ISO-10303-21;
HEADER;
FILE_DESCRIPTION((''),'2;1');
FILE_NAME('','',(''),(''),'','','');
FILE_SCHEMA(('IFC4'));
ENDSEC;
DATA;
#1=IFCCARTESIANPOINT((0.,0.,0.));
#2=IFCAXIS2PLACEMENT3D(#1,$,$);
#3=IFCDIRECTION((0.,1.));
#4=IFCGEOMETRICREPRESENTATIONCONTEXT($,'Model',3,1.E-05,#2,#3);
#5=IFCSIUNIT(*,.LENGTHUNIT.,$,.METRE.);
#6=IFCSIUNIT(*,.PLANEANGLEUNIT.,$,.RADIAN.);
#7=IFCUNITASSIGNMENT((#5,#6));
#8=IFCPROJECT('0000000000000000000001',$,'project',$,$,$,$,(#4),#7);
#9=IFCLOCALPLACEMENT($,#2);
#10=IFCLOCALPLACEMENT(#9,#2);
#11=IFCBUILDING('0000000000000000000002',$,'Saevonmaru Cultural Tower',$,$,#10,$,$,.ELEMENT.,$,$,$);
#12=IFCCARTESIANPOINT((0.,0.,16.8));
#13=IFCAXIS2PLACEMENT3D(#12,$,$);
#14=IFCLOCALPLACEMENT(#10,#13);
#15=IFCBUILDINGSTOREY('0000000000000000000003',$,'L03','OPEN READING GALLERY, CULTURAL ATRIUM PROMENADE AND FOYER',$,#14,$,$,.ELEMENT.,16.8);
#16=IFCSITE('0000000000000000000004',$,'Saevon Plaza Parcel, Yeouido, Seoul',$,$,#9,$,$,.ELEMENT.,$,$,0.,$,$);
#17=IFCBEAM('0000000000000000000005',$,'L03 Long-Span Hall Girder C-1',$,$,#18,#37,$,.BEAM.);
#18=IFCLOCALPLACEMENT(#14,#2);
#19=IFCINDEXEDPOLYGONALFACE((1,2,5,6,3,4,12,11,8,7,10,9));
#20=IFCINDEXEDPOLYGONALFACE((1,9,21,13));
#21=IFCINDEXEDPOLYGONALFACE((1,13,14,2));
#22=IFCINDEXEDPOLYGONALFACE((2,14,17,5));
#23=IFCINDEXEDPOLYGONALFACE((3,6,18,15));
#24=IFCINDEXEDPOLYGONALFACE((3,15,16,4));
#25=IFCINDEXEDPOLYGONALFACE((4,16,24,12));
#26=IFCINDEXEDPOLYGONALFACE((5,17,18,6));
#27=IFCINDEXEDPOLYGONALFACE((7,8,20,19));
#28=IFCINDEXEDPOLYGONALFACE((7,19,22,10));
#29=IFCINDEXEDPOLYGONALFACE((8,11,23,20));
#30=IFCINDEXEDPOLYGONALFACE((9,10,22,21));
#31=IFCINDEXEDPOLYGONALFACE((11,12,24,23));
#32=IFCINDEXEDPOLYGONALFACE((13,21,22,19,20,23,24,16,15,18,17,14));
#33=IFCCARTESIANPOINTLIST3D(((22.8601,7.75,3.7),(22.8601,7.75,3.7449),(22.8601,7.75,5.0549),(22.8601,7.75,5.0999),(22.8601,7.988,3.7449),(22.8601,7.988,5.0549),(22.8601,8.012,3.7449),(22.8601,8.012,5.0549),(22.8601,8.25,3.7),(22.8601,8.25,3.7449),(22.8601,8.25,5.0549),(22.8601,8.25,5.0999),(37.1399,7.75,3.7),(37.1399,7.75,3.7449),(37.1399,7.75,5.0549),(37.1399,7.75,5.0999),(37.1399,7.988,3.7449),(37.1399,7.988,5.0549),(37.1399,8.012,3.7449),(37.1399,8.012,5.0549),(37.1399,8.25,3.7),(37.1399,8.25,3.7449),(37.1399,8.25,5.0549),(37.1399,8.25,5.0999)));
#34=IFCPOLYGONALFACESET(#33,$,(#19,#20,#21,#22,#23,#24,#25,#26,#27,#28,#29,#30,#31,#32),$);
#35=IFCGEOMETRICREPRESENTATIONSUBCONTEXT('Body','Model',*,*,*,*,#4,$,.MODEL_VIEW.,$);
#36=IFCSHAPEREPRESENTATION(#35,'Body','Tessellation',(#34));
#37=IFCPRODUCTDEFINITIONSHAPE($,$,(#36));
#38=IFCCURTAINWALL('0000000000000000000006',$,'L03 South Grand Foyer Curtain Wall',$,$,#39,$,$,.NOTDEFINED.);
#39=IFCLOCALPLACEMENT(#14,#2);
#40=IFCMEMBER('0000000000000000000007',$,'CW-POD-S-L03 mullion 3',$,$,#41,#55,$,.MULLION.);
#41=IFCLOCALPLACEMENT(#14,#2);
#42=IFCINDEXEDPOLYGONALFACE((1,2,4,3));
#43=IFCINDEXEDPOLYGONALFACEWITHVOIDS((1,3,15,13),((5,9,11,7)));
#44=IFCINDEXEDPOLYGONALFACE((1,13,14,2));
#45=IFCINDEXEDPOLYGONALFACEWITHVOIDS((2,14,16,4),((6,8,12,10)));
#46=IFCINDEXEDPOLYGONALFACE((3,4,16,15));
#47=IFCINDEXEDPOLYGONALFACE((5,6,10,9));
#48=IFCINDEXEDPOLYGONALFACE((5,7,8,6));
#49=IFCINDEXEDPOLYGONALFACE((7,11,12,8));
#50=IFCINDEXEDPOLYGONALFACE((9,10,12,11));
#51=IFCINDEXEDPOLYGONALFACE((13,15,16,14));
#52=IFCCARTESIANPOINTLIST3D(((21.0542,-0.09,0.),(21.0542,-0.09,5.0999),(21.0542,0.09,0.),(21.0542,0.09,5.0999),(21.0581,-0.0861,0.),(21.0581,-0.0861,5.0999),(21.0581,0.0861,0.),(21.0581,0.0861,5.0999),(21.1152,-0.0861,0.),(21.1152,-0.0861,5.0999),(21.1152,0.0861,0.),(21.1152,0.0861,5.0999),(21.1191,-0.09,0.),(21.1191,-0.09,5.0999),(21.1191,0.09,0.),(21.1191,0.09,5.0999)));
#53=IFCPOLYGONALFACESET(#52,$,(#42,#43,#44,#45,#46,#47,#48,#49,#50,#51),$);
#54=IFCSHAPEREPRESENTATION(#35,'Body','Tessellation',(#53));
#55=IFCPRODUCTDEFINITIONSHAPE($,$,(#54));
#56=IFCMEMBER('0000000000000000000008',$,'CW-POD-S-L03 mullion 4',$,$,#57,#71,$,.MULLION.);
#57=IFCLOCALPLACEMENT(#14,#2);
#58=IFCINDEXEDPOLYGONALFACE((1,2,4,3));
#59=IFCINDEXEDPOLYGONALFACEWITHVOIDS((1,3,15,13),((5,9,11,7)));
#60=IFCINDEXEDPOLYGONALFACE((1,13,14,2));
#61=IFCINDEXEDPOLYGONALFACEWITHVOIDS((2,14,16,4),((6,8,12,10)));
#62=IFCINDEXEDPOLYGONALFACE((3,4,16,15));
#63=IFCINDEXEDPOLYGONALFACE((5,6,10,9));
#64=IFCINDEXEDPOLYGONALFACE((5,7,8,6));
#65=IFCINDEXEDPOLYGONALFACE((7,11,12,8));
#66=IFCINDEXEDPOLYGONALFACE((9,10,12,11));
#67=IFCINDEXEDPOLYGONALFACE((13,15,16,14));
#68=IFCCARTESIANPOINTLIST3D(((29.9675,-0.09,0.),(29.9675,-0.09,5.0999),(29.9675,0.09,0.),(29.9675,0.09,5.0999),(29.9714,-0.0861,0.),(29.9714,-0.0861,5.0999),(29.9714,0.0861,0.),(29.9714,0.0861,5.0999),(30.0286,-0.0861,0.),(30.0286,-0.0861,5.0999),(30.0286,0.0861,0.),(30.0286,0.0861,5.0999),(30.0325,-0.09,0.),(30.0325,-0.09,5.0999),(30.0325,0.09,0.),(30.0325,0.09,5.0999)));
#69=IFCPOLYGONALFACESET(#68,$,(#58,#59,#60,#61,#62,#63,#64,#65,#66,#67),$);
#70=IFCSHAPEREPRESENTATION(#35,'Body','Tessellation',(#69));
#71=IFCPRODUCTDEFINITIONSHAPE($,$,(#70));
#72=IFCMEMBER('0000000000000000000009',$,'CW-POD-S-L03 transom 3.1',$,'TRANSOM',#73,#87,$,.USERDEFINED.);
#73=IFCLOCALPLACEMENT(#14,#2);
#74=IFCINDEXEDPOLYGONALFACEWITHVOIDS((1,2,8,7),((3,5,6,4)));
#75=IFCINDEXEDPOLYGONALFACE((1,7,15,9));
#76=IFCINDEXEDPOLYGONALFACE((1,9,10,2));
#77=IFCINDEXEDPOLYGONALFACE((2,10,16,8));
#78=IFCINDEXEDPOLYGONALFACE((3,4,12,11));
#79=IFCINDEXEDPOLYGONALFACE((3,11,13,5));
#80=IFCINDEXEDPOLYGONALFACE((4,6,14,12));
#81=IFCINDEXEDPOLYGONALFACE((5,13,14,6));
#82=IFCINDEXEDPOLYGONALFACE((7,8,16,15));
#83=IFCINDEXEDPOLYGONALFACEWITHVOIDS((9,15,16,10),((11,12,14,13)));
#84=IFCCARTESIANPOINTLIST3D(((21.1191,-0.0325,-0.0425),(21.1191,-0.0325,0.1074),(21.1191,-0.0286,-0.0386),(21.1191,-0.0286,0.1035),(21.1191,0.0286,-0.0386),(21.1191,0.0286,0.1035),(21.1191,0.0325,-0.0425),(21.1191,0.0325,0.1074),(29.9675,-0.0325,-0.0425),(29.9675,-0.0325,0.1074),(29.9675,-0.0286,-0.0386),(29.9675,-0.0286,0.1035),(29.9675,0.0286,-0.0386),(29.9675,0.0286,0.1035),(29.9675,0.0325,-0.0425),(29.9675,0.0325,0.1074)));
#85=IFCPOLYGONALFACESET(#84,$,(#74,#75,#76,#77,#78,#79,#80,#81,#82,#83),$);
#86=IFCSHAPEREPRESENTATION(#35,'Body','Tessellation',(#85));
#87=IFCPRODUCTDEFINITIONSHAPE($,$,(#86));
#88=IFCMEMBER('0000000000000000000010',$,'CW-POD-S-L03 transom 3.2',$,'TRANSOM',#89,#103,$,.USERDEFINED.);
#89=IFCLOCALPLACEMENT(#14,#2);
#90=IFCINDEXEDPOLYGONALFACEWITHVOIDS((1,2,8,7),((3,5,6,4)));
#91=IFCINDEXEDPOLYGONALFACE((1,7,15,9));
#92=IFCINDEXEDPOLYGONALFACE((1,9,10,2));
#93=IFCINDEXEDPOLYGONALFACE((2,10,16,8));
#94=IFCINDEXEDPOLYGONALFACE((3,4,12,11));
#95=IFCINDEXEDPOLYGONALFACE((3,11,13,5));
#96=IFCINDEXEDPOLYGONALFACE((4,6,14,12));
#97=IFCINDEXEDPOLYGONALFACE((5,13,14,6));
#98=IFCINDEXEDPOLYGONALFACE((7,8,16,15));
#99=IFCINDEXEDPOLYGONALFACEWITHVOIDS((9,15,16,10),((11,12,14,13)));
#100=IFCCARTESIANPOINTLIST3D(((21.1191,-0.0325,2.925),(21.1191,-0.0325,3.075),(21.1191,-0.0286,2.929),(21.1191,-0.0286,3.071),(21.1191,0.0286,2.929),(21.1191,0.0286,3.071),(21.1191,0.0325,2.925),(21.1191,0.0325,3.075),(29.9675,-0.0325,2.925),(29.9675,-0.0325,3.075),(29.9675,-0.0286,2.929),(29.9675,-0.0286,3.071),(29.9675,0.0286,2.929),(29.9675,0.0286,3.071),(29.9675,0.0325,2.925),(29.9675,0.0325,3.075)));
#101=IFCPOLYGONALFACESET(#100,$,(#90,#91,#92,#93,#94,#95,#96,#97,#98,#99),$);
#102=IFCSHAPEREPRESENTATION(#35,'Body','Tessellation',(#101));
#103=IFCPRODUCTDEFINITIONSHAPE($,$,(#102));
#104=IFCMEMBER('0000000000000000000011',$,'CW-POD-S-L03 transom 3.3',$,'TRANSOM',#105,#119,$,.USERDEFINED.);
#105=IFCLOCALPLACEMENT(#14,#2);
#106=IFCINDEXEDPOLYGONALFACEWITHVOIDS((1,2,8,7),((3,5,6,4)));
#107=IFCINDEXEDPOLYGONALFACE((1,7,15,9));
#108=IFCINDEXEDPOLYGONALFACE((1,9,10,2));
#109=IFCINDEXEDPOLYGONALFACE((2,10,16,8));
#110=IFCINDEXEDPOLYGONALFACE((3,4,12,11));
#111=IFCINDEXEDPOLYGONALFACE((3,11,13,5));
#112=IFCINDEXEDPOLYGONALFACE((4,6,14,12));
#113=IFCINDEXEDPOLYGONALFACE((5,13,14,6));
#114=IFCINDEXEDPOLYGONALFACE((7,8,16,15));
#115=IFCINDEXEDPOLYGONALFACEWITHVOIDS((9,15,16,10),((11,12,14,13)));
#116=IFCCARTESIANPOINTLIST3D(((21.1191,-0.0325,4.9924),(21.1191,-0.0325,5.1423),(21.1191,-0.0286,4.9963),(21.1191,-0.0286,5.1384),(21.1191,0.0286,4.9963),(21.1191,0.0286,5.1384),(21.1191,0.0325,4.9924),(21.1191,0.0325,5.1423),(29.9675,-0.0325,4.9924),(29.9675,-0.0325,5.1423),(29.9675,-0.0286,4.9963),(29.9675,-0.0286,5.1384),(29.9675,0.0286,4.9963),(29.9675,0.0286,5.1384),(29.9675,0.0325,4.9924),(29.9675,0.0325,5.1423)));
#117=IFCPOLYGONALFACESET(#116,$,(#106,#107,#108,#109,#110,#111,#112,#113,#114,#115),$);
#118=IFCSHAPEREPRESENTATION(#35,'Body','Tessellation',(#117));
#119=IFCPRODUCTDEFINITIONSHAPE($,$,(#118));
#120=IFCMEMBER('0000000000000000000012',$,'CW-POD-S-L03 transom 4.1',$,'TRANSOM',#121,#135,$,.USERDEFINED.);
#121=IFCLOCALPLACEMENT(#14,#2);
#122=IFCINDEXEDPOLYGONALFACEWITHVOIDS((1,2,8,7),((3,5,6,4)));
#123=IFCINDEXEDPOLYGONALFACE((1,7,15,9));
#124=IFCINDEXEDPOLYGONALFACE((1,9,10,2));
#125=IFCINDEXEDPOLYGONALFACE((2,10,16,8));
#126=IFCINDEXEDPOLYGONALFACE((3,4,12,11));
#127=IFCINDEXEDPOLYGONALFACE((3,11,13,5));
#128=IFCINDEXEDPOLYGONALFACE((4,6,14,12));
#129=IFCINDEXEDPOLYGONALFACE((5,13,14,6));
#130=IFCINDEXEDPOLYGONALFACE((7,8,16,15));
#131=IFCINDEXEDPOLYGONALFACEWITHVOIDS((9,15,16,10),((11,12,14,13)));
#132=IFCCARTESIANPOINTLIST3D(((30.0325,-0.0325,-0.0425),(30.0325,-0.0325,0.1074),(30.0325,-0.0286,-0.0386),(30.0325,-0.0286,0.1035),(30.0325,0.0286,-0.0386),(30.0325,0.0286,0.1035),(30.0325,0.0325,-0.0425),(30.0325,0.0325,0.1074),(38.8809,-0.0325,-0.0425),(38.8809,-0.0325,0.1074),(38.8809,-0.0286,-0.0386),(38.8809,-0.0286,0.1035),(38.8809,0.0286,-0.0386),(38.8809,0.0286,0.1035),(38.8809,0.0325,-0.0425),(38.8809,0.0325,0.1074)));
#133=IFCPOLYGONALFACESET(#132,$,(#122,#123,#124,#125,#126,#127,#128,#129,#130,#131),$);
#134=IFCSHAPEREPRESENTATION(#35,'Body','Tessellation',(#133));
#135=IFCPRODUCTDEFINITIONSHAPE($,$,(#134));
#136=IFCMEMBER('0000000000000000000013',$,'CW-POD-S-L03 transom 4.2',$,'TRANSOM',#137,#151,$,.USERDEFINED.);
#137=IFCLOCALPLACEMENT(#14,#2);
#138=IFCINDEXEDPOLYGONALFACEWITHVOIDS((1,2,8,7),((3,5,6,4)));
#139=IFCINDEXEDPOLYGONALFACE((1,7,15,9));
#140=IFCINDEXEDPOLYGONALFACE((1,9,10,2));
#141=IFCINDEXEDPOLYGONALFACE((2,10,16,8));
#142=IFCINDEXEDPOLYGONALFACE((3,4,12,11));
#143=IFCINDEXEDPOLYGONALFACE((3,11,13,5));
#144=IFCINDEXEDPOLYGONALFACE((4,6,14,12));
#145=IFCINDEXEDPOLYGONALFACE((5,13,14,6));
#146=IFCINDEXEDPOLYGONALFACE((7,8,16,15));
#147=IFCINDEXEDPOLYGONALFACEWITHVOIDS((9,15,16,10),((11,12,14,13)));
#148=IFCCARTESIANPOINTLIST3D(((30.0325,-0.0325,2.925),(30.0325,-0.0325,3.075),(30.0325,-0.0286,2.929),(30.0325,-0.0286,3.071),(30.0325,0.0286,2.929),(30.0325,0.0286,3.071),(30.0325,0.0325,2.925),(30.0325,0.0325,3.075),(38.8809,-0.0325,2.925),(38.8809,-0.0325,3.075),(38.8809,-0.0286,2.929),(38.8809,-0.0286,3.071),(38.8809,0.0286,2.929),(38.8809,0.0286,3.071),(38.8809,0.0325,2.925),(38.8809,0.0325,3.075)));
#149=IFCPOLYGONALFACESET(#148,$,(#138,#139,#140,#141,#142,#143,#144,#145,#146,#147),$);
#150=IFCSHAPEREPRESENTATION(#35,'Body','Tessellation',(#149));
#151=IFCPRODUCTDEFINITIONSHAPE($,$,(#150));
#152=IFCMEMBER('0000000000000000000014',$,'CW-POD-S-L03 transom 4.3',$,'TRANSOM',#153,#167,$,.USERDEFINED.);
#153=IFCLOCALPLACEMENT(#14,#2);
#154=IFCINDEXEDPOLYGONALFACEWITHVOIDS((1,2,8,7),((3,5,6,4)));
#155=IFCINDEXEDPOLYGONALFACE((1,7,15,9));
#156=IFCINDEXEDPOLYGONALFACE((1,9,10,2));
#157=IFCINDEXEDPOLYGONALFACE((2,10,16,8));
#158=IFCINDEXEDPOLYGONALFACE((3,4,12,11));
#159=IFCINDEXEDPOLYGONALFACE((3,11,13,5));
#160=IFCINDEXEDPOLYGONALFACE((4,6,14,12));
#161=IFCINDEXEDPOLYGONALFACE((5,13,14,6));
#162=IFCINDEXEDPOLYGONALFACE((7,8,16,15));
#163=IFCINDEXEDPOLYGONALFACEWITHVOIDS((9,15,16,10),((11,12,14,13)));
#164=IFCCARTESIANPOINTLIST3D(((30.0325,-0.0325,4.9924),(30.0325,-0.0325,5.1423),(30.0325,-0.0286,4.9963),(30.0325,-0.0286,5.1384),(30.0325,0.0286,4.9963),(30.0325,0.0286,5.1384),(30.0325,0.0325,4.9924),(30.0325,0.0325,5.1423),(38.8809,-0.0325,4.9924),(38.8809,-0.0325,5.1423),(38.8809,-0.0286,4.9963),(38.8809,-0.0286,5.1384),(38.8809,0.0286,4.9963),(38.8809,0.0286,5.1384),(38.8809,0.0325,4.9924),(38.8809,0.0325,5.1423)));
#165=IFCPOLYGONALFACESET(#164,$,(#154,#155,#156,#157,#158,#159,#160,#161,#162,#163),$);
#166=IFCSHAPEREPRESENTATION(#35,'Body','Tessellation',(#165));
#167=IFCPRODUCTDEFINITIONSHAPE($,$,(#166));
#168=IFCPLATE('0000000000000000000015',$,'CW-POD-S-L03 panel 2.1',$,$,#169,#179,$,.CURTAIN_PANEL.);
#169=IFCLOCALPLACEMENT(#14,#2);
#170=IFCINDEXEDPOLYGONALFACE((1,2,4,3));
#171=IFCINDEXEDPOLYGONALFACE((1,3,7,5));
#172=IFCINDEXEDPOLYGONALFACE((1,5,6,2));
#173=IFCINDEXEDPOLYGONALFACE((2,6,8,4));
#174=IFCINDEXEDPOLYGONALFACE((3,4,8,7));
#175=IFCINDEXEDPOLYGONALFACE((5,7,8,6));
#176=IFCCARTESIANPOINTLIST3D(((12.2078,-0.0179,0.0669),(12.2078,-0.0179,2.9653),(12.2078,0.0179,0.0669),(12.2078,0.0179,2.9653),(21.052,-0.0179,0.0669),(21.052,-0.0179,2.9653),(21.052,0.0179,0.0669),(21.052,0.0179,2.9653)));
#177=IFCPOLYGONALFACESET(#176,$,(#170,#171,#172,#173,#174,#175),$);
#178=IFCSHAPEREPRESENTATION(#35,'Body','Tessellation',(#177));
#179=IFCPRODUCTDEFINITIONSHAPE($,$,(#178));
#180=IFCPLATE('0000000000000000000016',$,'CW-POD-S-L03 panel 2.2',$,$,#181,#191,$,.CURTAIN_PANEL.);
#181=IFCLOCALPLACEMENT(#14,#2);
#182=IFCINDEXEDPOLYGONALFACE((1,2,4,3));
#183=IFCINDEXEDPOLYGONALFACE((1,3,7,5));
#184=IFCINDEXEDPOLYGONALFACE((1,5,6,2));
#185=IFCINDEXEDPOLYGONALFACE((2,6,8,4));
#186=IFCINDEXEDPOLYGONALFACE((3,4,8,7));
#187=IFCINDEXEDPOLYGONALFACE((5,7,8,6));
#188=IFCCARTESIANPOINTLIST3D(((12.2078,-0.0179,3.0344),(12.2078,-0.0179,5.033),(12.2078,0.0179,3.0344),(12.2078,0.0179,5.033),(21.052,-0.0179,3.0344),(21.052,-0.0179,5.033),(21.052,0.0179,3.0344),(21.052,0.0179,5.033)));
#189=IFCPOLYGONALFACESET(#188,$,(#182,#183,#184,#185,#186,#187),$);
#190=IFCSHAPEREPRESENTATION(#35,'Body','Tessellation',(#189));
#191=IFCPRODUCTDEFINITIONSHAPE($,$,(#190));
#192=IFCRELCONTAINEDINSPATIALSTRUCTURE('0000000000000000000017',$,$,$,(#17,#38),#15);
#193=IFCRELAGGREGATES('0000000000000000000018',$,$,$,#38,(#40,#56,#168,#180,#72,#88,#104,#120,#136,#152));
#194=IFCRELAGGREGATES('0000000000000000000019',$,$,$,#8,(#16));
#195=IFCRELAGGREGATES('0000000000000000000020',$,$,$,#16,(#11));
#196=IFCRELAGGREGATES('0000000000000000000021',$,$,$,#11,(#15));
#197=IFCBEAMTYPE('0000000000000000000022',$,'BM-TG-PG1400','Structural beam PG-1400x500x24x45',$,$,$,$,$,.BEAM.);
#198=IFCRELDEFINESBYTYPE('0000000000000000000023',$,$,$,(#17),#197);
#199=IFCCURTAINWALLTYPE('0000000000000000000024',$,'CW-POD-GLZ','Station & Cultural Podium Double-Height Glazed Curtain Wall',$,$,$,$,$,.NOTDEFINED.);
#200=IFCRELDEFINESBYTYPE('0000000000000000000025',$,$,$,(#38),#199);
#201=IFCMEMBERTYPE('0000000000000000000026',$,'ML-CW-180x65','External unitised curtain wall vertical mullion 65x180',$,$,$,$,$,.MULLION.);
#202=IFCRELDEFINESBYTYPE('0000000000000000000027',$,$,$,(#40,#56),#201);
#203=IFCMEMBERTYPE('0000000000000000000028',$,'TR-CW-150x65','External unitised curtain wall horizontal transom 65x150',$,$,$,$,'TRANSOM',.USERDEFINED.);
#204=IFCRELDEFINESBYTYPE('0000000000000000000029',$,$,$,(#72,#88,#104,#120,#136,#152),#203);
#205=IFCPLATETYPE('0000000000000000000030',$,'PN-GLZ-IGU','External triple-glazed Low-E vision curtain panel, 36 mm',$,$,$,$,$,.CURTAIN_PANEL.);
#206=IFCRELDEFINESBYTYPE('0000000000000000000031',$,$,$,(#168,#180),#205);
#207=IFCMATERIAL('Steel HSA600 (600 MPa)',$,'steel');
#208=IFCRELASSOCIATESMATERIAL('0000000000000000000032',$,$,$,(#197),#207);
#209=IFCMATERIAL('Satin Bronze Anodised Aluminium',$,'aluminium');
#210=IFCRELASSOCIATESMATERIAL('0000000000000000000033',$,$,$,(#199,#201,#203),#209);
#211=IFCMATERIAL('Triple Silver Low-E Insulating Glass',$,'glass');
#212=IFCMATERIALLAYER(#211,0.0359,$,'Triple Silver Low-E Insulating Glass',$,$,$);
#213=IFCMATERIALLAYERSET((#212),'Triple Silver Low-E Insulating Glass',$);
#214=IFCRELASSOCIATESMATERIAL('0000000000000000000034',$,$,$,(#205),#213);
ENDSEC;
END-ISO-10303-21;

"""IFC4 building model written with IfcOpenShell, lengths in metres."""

from ifc_helpers import new_model, si_unit, direction, frame, origin, origin_2d, place, context, subcontext, project, spatial, rectangle, hollow_rectangle, i_section, extrude, material, layer, layer_set, material_profile, profile_set, type_object, element, aggregate, save


model = new_model("IFC4")

# Units and contexts
model_context = context("Model", 3, precision=1e-05, world=origin(), true_north=direction((0.0, 1.0)))
body_context = subcontext(model_context, "Body", "Model", "MODEL_VIEW")
ifc_project = project(units=[si_unit("LENGTHUNIT", "METRE"), si_unit("PLANEANGLEUNIT", "RADIAN")], contexts=[model_context])

# Site, building, storey
site_placement = place(None, origin())
site = spatial("IfcSite", under=ifc_project, at=site_placement, Name="Saevon Plaza Parcel, Yeouido, Seoul", CompositionType="ELEMENT", RefElevation=0.0)
building_placement = place(site_placement, origin())
building = spatial("IfcBuilding", under=site, at=building_placement, Name="Saevonmaru Cultural Tower", CompositionType="ELEMENT")
storey_placement = place(building_placement, frame((0.0, 0.0, 16.8)))
storey = spatial("IfcBuildingStorey", under=building, at=storey_placement, Name="L03", Description="OPEN READING GALLERY, CULTURAL ATRIUM PROMENADE AND FOYER", CompositionType="ELEMENT", Elevation=16.8)

# Shared definitions
ifc_material_1 = material(Name="Steel HSA600 (600 MPa)", Category="steel")

# Beam
ifc_material_profile_1 = material_profile(ifc_material_1, i_section(OverallWidth=0.5, OverallDepth=1.3999, WebThickness=0.0239, FlangeThickness=0.0449, at=origin_2d()), Name="PG-1400x500x24x45")
ifc_profile_set_1 = profile_set([ifc_material_profile_1], Name="Steel HSA600 (600 MPa)")
beam_type_1 = type_object("IfcBeamType", Name="BM-TG-PG1400", Description="Structural beam PG-1400x500x24x45", PredefinedType="BEAM", material=ifc_profile_set_1)
beam_1_placement = place(storey_placement, frame((22.8601, 8.0, 4.3999), z_axis=(1.0, 0.0, 0.0), x_axis=(0.0, 1.0, 0.0)))
element("IfcBeam", 1, at=beam_1_placement, inside=storey, type_object=beam_type_1, Name="L03 Long-Span Hall Girder C-1", PredefinedType="BEAM", context=body_context, shape_type="SweptSolid", body=[
    extrude(i_section(OverallWidth=0.5, OverallDepth=1.3999, WebThickness=0.0239, FlangeThickness=0.0449, at=origin_2d()), origin(), (0.0, 0.0, 1.0), 14.2798),
])

# Curtain wall, members, plates
ifc_material_2 = material(Name="Satin Bronze Anodised Aluminium", Category="aluminium")
curtain_wall_type = type_object("IfcCurtainWallType", Name="CW-POD-GLZ", Description="Station & Cultural Podium Double-Height Glazed Curtain Wall", PredefinedType="NOTDEFINED", material=ifc_material_2)
curtain_wall_placement = place(storey_placement, origin())
curtain_wall = element("IfcCurtainWall", 2, at=curtain_wall_placement, inside=storey, type_object=curtain_wall_type, Name="L03 South Grand Foyer Curtain Wall", PredefinedType="NOTDEFINED")
ifc_material_profile_2 = material_profile(ifc_material_2, hollow_rectangle(XDim=0.0649, YDim=0.1799, WallThickness=0.0039, at=origin_2d()), Name="ALU-MULL-180x65x4")
ifc_profile_set_2 = profile_set([ifc_material_profile_2], Name="Satin Bronze Anodised Aluminium")
member_type_1 = type_object("IfcMemberType", Name="ML-CW-180x65", Description="External unitised curtain wall vertical mullion 65x180", PredefinedType="MULLION", material=ifc_profile_set_2)
member_1_placement = place(storey_placement, frame((21.0867, 0.0, 0.0), z_axis=(0.0, 0.0, 1.0), x_axis=(1.0, 0.0, 0.0)))
member_1 = element("IfcMember", 3, at=member_1_placement, type_object=member_type_1, Name="CW-POD-S-L03 mullion 3", PredefinedType="MULLION", context=body_context, shape_type="SweptSolid", body=[
    extrude(hollow_rectangle(XDim=0.0649, YDim=0.1799, WallThickness=0.0039, at=origin_2d()), origin(), (0.0, 0.0, 1.0), 5.0999),
])
member_2_placement = place(storey_placement, frame((30.0, 0.0, 0.0), z_axis=(0.0, 0.0, 1.0), x_axis=(1.0, 0.0, 0.0)))
member_2 = element("IfcMember", 4, at=member_2_placement, type_object=member_type_1, Name="CW-POD-S-L03 mullion 4", PredefinedType="MULLION", context=body_context, shape_type="SweptSolid", body=[
    extrude(hollow_rectangle(XDim=0.0649, YDim=0.1799, WallThickness=0.0039, at=origin_2d()), origin(), (0.0, 0.0, 1.0), 5.0999),
])
ifc_material_profile_3 = material_profile(ifc_material_2, hollow_rectangle(XDim=0.0649, YDim=0.1499, WallThickness=0.0039, at=origin_2d()), Name="ALU-TRAN-150x65x4")
ifc_profile_set_3 = profile_set([ifc_material_profile_3], Name="Satin Bronze Anodised Aluminium")
member_type_2 = type_object("IfcMemberType", Name="TR-CW-150x65", Description="External unitised curtain wall horizontal transom 65x150", ElementType="TRANSOM", PredefinedType="USERDEFINED", material=ifc_profile_set_3)
member_3_placement = place(storey_placement, frame((21.1191, 0.0, 0.0325), z_axis=(1.0, 0.0, 0.0), x_axis=(0.0, 1.0, 0.0)))
member_3 = element("IfcMember", 5, at=member_3_placement, type_object=member_type_2, Name="CW-POD-S-L03 transom 3.1", ObjectType="TRANSOM", PredefinedType="USERDEFINED", context=body_context, shape_type="SweptSolid", body=[
    extrude(hollow_rectangle(XDim=0.0649, YDim=0.1499, WallThickness=0.0039, at=origin_2d()), origin(), (0.0, 0.0, 1.0), 8.8484),
])
member_4_placement = place(storey_placement, frame((21.1191, 0.0, 3.0), z_axis=(1.0, 0.0, 0.0), x_axis=(0.0, 1.0, 0.0)))
member_4 = element("IfcMember", 6, at=member_4_placement, type_object=member_type_2, Name="CW-POD-S-L03 transom 3.2", ObjectType="TRANSOM", PredefinedType="USERDEFINED", context=body_context, shape_type="SweptSolid", body=[
    extrude(hollow_rectangle(XDim=0.0649, YDim=0.1499, WallThickness=0.0039, at=origin_2d()), origin(), (0.0, 0.0, 1.0), 8.8484),
])
member_5_placement = place(storey_placement, frame((21.1191, 0.0, 5.0674), z_axis=(1.0, 0.0, 0.0), x_axis=(0.0, 1.0, 0.0)))
member_5 = element("IfcMember", 7, at=member_5_placement, type_object=member_type_2, Name="CW-POD-S-L03 transom 3.3", ObjectType="TRANSOM", PredefinedType="USERDEFINED", context=body_context, shape_type="SweptSolid", body=[
    extrude(hollow_rectangle(XDim=0.0649, YDim=0.1499, WallThickness=0.0039, at=origin_2d()), origin(), (0.0, 0.0, 1.0), 8.8484),
])
member_6_placement = place(storey_placement, frame((30.0325, 0.0, 0.0325), z_axis=(1.0, 0.0, 0.0), x_axis=(0.0, 1.0, 0.0)))
member_6 = element("IfcMember", 8, at=member_6_placement, type_object=member_type_2, Name="CW-POD-S-L03 transom 4.1", ObjectType="TRANSOM", PredefinedType="USERDEFINED", context=body_context, shape_type="SweptSolid", body=[
    extrude(hollow_rectangle(XDim=0.0649, YDim=0.1499, WallThickness=0.0039, at=origin_2d()), origin(), (0.0, 0.0, 1.0), 8.8484),
])
member_7_placement = place(storey_placement, frame((30.0325, 0.0, 3.0), z_axis=(1.0, 0.0, 0.0), x_axis=(0.0, 1.0, 0.0)))
member_7 = element("IfcMember", 9, at=member_7_placement, type_object=member_type_2, Name="CW-POD-S-L03 transom 4.2", ObjectType="TRANSOM", PredefinedType="USERDEFINED", context=body_context, shape_type="SweptSolid", body=[
    extrude(hollow_rectangle(XDim=0.0649, YDim=0.1499, WallThickness=0.0039, at=origin_2d()), origin(), (0.0, 0.0, 1.0), 8.8484),
])
member_8_placement = place(storey_placement, frame((30.0325, 0.0, 5.0674), z_axis=(1.0, 0.0, 0.0), x_axis=(0.0, 1.0, 0.0)))
member_8 = element("IfcMember", 10, at=member_8_placement, type_object=member_type_2, Name="CW-POD-S-L03 transom 4.3", ObjectType="TRANSOM", PredefinedType="USERDEFINED", context=body_context, shape_type="SweptSolid", body=[
    extrude(hollow_rectangle(XDim=0.0649, YDim=0.1499, WallThickness=0.0039, at=origin_2d()), origin(), (0.0, 0.0, 1.0), 8.8484),
])
ifc_material_3 = material(Name="Triple Silver Low-E Insulating Glass", Category="glass")
ifc_layer_1 = layer(ifc_material_3, 0.0359, Name="Triple Silver Low-E Insulating Glass")
ifc_layer_set_1 = layer_set([ifc_layer_1], Name="Triple Silver Low-E Insulating Glass")
plate_type = type_object("IfcPlateType", Name="PN-GLZ-IGU", Description="External triple-glazed Low-E vision curtain panel, 36 mm", PredefinedType="CURTAIN_PANEL", material=ifc_layer_set_1)
plate_1_placement = place(storey_placement, frame((16.6299, 0.0, 0.0669), z_axis=(0.0, 0.0, 1.0), x_axis=(1.0, 0.0, 0.0)))
plate_1 = element("IfcPlate", 11, at=plate_1_placement, type_object=plate_type, Name="CW-POD-S-L03 panel 2.1", PredefinedType="CURTAIN_PANEL", context=body_context, shape_type="SweptSolid", body=[
    extrude(rectangle(XDim=8.8442, YDim=0.0359, at=origin_2d()), origin(), (0.0, 0.0, 1.0), 2.8984),
])
plate_2_placement = place(storey_placement, frame((16.6299, 0.0, 3.0344), z_axis=(0.0, 0.0, 1.0), x_axis=(1.0, 0.0, 0.0)))
plate_2 = element("IfcPlate", 12, at=plate_2_placement, type_object=plate_type, Name="CW-POD-S-L03 panel 2.2", PredefinedType="CURTAIN_PANEL", context=body_context, shape_type="SweptSolid", body=[
    extrude(rectangle(XDim=8.8442, YDim=0.0359, at=origin_2d()), origin(), (0.0, 0.0, 1.0), 1.9985),
])
aggregate(curtain_wall, [member_1, member_2, plate_1, plate_2, member_3, member_4, member_5, member_6, member_7, member_8])

save(model, "model.ifc")
